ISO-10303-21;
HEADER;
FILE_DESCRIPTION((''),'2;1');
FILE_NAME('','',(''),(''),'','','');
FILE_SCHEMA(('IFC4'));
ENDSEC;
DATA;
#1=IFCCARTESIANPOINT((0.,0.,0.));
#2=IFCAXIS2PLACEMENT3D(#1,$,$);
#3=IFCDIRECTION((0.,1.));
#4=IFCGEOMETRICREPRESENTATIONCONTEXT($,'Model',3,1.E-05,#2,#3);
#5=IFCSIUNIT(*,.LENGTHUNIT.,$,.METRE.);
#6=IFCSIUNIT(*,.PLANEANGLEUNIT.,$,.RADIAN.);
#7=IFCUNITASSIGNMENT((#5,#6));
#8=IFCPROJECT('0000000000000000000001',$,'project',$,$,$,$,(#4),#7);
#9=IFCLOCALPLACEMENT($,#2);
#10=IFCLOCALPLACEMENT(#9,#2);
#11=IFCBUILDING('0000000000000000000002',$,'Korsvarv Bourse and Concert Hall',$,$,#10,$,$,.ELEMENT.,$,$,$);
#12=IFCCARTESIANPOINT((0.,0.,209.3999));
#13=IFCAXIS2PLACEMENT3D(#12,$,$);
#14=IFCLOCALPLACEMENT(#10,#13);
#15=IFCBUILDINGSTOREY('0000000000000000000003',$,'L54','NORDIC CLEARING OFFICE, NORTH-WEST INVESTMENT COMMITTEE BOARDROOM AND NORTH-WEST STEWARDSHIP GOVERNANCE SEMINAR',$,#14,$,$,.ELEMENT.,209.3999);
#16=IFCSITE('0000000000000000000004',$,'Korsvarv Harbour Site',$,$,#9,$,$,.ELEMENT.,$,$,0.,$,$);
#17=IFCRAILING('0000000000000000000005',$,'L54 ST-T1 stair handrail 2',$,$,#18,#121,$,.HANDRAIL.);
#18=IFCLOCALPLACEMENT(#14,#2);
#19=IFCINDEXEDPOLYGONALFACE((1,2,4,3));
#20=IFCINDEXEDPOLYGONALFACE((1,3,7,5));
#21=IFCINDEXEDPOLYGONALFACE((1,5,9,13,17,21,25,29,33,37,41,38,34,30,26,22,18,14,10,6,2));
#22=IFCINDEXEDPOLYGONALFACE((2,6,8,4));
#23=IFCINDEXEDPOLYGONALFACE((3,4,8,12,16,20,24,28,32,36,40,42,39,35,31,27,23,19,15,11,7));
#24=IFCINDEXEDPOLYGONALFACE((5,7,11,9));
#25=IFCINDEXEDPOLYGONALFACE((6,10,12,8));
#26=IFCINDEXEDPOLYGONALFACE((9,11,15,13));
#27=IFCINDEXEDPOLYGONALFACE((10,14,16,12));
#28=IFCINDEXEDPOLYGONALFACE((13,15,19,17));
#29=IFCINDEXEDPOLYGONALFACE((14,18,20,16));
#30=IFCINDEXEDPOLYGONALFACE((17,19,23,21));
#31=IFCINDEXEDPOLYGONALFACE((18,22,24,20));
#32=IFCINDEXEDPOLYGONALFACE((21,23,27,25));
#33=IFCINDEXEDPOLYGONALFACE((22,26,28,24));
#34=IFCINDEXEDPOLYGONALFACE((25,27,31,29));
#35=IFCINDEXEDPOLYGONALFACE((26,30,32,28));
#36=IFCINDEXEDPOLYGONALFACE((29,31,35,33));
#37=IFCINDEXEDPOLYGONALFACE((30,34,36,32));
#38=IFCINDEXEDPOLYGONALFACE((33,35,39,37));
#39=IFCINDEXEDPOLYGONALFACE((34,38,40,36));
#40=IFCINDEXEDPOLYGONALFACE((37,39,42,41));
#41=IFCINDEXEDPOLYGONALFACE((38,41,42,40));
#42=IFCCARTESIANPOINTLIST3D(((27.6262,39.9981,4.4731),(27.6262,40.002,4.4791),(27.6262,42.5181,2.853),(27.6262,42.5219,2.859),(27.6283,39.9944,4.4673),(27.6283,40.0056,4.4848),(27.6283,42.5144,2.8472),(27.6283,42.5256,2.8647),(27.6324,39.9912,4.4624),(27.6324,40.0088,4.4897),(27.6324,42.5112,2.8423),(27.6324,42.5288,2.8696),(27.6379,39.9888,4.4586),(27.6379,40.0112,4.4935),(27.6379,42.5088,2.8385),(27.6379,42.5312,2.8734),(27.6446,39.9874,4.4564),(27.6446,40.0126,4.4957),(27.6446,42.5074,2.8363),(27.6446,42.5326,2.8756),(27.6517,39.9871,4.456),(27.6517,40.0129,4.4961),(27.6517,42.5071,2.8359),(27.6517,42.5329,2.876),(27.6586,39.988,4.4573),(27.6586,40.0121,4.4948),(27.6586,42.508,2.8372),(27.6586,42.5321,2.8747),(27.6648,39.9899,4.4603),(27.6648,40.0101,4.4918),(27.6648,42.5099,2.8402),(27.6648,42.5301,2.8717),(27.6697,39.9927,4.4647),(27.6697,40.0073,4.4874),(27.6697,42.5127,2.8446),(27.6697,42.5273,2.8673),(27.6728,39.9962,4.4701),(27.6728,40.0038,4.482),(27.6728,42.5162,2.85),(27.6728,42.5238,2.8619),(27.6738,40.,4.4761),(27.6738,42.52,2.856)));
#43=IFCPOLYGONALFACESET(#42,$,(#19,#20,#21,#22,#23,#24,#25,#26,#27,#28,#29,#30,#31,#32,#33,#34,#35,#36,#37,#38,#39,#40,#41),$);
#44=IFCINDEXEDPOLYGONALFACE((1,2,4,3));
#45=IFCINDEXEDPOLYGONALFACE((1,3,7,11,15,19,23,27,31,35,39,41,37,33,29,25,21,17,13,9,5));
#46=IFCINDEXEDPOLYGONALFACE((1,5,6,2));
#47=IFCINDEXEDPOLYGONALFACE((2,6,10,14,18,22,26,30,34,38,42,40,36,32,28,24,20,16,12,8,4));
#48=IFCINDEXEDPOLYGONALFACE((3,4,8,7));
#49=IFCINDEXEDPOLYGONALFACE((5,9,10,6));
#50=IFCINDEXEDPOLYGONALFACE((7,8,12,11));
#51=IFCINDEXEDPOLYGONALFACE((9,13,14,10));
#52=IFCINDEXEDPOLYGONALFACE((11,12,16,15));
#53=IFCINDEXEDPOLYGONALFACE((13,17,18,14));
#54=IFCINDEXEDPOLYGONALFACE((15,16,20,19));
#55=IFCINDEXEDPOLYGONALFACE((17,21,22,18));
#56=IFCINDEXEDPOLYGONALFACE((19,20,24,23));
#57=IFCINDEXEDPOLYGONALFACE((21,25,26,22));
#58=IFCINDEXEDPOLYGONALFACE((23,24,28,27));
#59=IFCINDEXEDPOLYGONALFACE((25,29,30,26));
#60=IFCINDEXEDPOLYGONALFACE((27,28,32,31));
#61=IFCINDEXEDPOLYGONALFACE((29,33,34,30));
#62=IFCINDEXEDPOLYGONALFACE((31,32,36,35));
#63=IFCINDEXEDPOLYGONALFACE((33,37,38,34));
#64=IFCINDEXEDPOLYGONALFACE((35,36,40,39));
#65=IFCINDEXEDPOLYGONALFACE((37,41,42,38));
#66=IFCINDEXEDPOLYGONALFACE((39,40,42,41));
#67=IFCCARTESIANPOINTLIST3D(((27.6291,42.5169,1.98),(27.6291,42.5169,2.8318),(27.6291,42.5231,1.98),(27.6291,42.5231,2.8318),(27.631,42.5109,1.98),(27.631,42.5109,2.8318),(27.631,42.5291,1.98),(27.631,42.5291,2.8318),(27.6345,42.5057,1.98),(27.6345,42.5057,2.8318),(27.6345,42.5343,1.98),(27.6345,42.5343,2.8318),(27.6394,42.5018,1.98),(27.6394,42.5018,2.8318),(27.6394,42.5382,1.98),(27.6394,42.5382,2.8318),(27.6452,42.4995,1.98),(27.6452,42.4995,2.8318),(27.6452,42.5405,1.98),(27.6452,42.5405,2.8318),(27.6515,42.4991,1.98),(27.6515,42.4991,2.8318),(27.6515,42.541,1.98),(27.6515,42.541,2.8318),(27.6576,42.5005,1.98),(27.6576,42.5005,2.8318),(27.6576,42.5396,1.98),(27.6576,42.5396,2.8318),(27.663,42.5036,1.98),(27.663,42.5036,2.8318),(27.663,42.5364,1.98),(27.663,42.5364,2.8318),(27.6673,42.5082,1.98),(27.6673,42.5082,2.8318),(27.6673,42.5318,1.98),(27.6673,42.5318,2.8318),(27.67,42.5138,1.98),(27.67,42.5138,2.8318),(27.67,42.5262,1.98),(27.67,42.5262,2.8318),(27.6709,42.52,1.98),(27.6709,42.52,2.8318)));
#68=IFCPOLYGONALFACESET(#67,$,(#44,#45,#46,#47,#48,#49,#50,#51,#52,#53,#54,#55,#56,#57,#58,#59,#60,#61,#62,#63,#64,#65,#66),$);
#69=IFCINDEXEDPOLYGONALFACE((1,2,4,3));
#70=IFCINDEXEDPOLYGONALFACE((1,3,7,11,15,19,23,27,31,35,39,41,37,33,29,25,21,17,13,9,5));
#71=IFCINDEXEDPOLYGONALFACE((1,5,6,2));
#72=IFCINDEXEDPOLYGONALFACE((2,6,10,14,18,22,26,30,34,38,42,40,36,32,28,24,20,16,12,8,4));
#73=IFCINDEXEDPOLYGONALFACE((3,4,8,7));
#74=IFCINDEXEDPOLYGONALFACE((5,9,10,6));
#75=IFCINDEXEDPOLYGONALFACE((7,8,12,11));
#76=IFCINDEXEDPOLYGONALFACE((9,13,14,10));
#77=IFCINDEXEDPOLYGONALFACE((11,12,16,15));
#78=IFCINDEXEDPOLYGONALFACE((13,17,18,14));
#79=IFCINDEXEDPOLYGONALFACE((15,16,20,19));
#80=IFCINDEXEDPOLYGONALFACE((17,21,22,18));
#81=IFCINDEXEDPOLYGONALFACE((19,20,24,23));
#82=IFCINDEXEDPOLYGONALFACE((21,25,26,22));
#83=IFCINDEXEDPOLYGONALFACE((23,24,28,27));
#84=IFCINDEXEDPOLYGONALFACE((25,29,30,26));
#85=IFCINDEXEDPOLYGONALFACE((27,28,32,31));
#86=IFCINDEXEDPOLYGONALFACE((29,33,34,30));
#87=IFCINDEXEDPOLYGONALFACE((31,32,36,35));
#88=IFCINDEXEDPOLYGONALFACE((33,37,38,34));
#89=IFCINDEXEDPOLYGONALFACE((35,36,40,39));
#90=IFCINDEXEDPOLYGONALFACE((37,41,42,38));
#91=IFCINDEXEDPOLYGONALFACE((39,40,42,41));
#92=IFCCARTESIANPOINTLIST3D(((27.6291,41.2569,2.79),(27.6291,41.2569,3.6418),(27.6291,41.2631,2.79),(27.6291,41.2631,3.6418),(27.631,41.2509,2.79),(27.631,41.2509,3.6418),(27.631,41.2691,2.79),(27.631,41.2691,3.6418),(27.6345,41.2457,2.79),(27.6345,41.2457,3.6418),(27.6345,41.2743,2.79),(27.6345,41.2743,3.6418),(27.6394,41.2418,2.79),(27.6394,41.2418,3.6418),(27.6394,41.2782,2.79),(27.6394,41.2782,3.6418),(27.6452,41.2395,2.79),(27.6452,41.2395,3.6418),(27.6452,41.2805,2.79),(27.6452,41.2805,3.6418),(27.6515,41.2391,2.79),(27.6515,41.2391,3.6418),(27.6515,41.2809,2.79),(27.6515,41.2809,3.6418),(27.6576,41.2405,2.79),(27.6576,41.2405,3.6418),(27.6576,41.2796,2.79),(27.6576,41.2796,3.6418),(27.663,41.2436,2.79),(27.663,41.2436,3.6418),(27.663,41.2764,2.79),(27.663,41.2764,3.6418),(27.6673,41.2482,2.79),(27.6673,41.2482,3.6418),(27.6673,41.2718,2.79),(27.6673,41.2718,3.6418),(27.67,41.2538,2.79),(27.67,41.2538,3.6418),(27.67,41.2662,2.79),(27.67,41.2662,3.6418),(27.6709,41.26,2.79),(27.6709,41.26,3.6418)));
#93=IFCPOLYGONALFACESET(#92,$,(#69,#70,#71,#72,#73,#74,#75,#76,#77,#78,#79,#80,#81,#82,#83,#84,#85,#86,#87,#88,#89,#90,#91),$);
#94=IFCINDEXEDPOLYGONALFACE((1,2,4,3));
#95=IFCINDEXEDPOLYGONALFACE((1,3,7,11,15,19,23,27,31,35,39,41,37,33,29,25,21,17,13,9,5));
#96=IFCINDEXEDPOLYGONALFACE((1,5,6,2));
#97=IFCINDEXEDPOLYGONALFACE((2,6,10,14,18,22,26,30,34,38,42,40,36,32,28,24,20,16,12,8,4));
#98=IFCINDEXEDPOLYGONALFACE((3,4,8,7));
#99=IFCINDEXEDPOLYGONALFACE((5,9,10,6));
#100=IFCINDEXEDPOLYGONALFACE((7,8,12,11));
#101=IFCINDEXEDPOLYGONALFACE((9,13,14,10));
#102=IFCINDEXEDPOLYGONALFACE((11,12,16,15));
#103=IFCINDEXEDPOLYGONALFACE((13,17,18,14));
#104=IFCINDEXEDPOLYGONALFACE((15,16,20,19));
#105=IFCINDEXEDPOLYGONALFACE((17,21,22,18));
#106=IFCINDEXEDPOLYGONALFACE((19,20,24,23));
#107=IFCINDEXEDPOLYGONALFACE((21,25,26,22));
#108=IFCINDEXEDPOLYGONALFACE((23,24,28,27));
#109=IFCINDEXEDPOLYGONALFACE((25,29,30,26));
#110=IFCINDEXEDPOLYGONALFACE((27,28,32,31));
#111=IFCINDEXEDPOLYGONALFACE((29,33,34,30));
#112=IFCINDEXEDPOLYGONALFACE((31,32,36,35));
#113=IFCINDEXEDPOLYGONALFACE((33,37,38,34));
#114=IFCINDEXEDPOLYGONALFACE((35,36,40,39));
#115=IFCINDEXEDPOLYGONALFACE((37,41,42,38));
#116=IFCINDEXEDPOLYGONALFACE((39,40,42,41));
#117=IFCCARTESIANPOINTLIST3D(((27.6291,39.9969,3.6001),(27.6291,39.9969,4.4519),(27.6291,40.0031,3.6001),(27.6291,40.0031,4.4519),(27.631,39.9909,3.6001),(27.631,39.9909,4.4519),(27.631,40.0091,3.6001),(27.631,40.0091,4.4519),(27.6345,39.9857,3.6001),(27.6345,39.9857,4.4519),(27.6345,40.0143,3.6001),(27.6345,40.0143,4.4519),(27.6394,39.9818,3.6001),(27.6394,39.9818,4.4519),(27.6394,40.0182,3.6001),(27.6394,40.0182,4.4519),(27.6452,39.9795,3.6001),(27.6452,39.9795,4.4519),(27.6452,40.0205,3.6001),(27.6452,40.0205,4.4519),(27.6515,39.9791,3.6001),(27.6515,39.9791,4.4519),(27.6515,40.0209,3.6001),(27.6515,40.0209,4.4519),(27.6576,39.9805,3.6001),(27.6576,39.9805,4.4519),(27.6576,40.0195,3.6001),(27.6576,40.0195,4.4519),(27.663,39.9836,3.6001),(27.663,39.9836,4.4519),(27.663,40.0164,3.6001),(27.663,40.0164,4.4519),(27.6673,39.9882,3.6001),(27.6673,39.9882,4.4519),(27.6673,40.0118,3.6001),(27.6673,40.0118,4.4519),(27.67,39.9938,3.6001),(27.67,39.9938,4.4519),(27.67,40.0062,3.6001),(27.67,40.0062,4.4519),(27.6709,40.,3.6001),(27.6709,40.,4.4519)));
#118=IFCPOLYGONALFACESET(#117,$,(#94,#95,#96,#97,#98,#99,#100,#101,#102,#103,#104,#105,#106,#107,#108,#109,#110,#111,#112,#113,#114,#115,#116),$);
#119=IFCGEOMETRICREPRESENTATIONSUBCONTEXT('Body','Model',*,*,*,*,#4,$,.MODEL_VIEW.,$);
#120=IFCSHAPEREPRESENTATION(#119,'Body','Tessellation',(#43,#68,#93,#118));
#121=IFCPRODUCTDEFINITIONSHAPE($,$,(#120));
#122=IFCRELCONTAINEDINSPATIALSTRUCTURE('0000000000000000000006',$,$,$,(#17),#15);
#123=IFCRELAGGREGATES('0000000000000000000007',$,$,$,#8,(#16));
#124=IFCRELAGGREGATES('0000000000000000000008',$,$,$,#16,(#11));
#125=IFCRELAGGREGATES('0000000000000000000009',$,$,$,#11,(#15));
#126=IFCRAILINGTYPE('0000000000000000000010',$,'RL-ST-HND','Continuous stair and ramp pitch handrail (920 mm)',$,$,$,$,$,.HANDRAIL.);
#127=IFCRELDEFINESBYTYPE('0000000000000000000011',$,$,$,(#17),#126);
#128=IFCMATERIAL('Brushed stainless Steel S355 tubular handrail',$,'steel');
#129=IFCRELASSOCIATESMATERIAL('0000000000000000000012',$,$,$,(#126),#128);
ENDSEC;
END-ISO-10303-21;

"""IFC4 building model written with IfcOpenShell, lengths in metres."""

from ifc_helpers import new_model, si_unit, direction, frame, origin, origin_2d, place, context, subcontext, project, spatial, circle, extrude, material, type_object, element, save


model = new_model("IFC4")

# Units and contexts
model_context = context("Model", 3, precision=1e-05, world=origin(), true_north=direction((0.0, 1.0)))
body_context = subcontext(model_context, "Body", "Model", "MODEL_VIEW")
ifc_project = project(units=[si_unit("LENGTHUNIT", "METRE"), si_unit("PLANEANGLEUNIT", "RADIAN")], contexts=[model_context])

# Site, building, storey
site_placement = place(None, origin())
site = spatial("IfcSite", under=ifc_project, at=site_placement, Name="Korsvarv Harbour Site", CompositionType="ELEMENT", RefElevation=0.0)
building_placement = place(site_placement, origin())
building = spatial("IfcBuilding", under=site, at=building_placement, Name="Korsvarv Bourse and Concert Hall", CompositionType="ELEMENT")
storey_placement = place(building_placement, frame((0.0, 0.0, 209.3999)))
storey = spatial("IfcBuildingStorey", under=building, at=storey_placement, Name="L54", Description="NORDIC CLEARING OFFICE, NORTH-WEST INVESTMENT COMMITTEE BOARDROOM AND NORTH-WEST STEWARDSHIP GOVERNANCE SEMINAR", CompositionType="ELEMENT", Elevation=209.3999)

# Railing
ifc_material_1 = material(Name="Brushed stainless Steel S355 tubular handrail", Category="steel")
railing_type_1 = type_object("IfcRailingType", Name="RL-ST-HND", Description="Continuous stair and ramp pitch handrail (920 mm)", PredefinedType="HANDRAIL", material=ifc_material_1)
railing_1_placement = place(storey_placement, frame((27.6499, 42.52, 1.98)))
element("IfcRailing", 1, at=railing_1_placement, inside=storey, type_object=railing_type_1, Name="L54 ST-T1 stair handrail 2", PredefinedType="HANDRAIL", context=body_context, shape_type="SweptSolid", body=[
    extrude(circle(Radius=0.0239, at=origin_2d()), frame((0.0, 0.0, 0.876), z_axis=(0.0, -0.841163, 0.540782), x_axis=(1.0, 0.0, 0.0)), (0.0, 0.0, 1.0), 2.9958),
    extrude(circle(Radius=0.021, at=origin_2d()), origin(), (0.0, 0.0, 1.0), 0.8518),
    extrude(circle(Radius=0.021, at=origin_2d()), frame((0.0, -1.26, 0.8101)), (0.0, 0.0, 1.0), 0.8518),
    extrude(circle(Radius=0.021, at=origin_2d()), frame((0.0, -2.52, 1.6201)), (0.0, 0.0, 1.0), 0.8518),
])

save(model, "model.ifc")
